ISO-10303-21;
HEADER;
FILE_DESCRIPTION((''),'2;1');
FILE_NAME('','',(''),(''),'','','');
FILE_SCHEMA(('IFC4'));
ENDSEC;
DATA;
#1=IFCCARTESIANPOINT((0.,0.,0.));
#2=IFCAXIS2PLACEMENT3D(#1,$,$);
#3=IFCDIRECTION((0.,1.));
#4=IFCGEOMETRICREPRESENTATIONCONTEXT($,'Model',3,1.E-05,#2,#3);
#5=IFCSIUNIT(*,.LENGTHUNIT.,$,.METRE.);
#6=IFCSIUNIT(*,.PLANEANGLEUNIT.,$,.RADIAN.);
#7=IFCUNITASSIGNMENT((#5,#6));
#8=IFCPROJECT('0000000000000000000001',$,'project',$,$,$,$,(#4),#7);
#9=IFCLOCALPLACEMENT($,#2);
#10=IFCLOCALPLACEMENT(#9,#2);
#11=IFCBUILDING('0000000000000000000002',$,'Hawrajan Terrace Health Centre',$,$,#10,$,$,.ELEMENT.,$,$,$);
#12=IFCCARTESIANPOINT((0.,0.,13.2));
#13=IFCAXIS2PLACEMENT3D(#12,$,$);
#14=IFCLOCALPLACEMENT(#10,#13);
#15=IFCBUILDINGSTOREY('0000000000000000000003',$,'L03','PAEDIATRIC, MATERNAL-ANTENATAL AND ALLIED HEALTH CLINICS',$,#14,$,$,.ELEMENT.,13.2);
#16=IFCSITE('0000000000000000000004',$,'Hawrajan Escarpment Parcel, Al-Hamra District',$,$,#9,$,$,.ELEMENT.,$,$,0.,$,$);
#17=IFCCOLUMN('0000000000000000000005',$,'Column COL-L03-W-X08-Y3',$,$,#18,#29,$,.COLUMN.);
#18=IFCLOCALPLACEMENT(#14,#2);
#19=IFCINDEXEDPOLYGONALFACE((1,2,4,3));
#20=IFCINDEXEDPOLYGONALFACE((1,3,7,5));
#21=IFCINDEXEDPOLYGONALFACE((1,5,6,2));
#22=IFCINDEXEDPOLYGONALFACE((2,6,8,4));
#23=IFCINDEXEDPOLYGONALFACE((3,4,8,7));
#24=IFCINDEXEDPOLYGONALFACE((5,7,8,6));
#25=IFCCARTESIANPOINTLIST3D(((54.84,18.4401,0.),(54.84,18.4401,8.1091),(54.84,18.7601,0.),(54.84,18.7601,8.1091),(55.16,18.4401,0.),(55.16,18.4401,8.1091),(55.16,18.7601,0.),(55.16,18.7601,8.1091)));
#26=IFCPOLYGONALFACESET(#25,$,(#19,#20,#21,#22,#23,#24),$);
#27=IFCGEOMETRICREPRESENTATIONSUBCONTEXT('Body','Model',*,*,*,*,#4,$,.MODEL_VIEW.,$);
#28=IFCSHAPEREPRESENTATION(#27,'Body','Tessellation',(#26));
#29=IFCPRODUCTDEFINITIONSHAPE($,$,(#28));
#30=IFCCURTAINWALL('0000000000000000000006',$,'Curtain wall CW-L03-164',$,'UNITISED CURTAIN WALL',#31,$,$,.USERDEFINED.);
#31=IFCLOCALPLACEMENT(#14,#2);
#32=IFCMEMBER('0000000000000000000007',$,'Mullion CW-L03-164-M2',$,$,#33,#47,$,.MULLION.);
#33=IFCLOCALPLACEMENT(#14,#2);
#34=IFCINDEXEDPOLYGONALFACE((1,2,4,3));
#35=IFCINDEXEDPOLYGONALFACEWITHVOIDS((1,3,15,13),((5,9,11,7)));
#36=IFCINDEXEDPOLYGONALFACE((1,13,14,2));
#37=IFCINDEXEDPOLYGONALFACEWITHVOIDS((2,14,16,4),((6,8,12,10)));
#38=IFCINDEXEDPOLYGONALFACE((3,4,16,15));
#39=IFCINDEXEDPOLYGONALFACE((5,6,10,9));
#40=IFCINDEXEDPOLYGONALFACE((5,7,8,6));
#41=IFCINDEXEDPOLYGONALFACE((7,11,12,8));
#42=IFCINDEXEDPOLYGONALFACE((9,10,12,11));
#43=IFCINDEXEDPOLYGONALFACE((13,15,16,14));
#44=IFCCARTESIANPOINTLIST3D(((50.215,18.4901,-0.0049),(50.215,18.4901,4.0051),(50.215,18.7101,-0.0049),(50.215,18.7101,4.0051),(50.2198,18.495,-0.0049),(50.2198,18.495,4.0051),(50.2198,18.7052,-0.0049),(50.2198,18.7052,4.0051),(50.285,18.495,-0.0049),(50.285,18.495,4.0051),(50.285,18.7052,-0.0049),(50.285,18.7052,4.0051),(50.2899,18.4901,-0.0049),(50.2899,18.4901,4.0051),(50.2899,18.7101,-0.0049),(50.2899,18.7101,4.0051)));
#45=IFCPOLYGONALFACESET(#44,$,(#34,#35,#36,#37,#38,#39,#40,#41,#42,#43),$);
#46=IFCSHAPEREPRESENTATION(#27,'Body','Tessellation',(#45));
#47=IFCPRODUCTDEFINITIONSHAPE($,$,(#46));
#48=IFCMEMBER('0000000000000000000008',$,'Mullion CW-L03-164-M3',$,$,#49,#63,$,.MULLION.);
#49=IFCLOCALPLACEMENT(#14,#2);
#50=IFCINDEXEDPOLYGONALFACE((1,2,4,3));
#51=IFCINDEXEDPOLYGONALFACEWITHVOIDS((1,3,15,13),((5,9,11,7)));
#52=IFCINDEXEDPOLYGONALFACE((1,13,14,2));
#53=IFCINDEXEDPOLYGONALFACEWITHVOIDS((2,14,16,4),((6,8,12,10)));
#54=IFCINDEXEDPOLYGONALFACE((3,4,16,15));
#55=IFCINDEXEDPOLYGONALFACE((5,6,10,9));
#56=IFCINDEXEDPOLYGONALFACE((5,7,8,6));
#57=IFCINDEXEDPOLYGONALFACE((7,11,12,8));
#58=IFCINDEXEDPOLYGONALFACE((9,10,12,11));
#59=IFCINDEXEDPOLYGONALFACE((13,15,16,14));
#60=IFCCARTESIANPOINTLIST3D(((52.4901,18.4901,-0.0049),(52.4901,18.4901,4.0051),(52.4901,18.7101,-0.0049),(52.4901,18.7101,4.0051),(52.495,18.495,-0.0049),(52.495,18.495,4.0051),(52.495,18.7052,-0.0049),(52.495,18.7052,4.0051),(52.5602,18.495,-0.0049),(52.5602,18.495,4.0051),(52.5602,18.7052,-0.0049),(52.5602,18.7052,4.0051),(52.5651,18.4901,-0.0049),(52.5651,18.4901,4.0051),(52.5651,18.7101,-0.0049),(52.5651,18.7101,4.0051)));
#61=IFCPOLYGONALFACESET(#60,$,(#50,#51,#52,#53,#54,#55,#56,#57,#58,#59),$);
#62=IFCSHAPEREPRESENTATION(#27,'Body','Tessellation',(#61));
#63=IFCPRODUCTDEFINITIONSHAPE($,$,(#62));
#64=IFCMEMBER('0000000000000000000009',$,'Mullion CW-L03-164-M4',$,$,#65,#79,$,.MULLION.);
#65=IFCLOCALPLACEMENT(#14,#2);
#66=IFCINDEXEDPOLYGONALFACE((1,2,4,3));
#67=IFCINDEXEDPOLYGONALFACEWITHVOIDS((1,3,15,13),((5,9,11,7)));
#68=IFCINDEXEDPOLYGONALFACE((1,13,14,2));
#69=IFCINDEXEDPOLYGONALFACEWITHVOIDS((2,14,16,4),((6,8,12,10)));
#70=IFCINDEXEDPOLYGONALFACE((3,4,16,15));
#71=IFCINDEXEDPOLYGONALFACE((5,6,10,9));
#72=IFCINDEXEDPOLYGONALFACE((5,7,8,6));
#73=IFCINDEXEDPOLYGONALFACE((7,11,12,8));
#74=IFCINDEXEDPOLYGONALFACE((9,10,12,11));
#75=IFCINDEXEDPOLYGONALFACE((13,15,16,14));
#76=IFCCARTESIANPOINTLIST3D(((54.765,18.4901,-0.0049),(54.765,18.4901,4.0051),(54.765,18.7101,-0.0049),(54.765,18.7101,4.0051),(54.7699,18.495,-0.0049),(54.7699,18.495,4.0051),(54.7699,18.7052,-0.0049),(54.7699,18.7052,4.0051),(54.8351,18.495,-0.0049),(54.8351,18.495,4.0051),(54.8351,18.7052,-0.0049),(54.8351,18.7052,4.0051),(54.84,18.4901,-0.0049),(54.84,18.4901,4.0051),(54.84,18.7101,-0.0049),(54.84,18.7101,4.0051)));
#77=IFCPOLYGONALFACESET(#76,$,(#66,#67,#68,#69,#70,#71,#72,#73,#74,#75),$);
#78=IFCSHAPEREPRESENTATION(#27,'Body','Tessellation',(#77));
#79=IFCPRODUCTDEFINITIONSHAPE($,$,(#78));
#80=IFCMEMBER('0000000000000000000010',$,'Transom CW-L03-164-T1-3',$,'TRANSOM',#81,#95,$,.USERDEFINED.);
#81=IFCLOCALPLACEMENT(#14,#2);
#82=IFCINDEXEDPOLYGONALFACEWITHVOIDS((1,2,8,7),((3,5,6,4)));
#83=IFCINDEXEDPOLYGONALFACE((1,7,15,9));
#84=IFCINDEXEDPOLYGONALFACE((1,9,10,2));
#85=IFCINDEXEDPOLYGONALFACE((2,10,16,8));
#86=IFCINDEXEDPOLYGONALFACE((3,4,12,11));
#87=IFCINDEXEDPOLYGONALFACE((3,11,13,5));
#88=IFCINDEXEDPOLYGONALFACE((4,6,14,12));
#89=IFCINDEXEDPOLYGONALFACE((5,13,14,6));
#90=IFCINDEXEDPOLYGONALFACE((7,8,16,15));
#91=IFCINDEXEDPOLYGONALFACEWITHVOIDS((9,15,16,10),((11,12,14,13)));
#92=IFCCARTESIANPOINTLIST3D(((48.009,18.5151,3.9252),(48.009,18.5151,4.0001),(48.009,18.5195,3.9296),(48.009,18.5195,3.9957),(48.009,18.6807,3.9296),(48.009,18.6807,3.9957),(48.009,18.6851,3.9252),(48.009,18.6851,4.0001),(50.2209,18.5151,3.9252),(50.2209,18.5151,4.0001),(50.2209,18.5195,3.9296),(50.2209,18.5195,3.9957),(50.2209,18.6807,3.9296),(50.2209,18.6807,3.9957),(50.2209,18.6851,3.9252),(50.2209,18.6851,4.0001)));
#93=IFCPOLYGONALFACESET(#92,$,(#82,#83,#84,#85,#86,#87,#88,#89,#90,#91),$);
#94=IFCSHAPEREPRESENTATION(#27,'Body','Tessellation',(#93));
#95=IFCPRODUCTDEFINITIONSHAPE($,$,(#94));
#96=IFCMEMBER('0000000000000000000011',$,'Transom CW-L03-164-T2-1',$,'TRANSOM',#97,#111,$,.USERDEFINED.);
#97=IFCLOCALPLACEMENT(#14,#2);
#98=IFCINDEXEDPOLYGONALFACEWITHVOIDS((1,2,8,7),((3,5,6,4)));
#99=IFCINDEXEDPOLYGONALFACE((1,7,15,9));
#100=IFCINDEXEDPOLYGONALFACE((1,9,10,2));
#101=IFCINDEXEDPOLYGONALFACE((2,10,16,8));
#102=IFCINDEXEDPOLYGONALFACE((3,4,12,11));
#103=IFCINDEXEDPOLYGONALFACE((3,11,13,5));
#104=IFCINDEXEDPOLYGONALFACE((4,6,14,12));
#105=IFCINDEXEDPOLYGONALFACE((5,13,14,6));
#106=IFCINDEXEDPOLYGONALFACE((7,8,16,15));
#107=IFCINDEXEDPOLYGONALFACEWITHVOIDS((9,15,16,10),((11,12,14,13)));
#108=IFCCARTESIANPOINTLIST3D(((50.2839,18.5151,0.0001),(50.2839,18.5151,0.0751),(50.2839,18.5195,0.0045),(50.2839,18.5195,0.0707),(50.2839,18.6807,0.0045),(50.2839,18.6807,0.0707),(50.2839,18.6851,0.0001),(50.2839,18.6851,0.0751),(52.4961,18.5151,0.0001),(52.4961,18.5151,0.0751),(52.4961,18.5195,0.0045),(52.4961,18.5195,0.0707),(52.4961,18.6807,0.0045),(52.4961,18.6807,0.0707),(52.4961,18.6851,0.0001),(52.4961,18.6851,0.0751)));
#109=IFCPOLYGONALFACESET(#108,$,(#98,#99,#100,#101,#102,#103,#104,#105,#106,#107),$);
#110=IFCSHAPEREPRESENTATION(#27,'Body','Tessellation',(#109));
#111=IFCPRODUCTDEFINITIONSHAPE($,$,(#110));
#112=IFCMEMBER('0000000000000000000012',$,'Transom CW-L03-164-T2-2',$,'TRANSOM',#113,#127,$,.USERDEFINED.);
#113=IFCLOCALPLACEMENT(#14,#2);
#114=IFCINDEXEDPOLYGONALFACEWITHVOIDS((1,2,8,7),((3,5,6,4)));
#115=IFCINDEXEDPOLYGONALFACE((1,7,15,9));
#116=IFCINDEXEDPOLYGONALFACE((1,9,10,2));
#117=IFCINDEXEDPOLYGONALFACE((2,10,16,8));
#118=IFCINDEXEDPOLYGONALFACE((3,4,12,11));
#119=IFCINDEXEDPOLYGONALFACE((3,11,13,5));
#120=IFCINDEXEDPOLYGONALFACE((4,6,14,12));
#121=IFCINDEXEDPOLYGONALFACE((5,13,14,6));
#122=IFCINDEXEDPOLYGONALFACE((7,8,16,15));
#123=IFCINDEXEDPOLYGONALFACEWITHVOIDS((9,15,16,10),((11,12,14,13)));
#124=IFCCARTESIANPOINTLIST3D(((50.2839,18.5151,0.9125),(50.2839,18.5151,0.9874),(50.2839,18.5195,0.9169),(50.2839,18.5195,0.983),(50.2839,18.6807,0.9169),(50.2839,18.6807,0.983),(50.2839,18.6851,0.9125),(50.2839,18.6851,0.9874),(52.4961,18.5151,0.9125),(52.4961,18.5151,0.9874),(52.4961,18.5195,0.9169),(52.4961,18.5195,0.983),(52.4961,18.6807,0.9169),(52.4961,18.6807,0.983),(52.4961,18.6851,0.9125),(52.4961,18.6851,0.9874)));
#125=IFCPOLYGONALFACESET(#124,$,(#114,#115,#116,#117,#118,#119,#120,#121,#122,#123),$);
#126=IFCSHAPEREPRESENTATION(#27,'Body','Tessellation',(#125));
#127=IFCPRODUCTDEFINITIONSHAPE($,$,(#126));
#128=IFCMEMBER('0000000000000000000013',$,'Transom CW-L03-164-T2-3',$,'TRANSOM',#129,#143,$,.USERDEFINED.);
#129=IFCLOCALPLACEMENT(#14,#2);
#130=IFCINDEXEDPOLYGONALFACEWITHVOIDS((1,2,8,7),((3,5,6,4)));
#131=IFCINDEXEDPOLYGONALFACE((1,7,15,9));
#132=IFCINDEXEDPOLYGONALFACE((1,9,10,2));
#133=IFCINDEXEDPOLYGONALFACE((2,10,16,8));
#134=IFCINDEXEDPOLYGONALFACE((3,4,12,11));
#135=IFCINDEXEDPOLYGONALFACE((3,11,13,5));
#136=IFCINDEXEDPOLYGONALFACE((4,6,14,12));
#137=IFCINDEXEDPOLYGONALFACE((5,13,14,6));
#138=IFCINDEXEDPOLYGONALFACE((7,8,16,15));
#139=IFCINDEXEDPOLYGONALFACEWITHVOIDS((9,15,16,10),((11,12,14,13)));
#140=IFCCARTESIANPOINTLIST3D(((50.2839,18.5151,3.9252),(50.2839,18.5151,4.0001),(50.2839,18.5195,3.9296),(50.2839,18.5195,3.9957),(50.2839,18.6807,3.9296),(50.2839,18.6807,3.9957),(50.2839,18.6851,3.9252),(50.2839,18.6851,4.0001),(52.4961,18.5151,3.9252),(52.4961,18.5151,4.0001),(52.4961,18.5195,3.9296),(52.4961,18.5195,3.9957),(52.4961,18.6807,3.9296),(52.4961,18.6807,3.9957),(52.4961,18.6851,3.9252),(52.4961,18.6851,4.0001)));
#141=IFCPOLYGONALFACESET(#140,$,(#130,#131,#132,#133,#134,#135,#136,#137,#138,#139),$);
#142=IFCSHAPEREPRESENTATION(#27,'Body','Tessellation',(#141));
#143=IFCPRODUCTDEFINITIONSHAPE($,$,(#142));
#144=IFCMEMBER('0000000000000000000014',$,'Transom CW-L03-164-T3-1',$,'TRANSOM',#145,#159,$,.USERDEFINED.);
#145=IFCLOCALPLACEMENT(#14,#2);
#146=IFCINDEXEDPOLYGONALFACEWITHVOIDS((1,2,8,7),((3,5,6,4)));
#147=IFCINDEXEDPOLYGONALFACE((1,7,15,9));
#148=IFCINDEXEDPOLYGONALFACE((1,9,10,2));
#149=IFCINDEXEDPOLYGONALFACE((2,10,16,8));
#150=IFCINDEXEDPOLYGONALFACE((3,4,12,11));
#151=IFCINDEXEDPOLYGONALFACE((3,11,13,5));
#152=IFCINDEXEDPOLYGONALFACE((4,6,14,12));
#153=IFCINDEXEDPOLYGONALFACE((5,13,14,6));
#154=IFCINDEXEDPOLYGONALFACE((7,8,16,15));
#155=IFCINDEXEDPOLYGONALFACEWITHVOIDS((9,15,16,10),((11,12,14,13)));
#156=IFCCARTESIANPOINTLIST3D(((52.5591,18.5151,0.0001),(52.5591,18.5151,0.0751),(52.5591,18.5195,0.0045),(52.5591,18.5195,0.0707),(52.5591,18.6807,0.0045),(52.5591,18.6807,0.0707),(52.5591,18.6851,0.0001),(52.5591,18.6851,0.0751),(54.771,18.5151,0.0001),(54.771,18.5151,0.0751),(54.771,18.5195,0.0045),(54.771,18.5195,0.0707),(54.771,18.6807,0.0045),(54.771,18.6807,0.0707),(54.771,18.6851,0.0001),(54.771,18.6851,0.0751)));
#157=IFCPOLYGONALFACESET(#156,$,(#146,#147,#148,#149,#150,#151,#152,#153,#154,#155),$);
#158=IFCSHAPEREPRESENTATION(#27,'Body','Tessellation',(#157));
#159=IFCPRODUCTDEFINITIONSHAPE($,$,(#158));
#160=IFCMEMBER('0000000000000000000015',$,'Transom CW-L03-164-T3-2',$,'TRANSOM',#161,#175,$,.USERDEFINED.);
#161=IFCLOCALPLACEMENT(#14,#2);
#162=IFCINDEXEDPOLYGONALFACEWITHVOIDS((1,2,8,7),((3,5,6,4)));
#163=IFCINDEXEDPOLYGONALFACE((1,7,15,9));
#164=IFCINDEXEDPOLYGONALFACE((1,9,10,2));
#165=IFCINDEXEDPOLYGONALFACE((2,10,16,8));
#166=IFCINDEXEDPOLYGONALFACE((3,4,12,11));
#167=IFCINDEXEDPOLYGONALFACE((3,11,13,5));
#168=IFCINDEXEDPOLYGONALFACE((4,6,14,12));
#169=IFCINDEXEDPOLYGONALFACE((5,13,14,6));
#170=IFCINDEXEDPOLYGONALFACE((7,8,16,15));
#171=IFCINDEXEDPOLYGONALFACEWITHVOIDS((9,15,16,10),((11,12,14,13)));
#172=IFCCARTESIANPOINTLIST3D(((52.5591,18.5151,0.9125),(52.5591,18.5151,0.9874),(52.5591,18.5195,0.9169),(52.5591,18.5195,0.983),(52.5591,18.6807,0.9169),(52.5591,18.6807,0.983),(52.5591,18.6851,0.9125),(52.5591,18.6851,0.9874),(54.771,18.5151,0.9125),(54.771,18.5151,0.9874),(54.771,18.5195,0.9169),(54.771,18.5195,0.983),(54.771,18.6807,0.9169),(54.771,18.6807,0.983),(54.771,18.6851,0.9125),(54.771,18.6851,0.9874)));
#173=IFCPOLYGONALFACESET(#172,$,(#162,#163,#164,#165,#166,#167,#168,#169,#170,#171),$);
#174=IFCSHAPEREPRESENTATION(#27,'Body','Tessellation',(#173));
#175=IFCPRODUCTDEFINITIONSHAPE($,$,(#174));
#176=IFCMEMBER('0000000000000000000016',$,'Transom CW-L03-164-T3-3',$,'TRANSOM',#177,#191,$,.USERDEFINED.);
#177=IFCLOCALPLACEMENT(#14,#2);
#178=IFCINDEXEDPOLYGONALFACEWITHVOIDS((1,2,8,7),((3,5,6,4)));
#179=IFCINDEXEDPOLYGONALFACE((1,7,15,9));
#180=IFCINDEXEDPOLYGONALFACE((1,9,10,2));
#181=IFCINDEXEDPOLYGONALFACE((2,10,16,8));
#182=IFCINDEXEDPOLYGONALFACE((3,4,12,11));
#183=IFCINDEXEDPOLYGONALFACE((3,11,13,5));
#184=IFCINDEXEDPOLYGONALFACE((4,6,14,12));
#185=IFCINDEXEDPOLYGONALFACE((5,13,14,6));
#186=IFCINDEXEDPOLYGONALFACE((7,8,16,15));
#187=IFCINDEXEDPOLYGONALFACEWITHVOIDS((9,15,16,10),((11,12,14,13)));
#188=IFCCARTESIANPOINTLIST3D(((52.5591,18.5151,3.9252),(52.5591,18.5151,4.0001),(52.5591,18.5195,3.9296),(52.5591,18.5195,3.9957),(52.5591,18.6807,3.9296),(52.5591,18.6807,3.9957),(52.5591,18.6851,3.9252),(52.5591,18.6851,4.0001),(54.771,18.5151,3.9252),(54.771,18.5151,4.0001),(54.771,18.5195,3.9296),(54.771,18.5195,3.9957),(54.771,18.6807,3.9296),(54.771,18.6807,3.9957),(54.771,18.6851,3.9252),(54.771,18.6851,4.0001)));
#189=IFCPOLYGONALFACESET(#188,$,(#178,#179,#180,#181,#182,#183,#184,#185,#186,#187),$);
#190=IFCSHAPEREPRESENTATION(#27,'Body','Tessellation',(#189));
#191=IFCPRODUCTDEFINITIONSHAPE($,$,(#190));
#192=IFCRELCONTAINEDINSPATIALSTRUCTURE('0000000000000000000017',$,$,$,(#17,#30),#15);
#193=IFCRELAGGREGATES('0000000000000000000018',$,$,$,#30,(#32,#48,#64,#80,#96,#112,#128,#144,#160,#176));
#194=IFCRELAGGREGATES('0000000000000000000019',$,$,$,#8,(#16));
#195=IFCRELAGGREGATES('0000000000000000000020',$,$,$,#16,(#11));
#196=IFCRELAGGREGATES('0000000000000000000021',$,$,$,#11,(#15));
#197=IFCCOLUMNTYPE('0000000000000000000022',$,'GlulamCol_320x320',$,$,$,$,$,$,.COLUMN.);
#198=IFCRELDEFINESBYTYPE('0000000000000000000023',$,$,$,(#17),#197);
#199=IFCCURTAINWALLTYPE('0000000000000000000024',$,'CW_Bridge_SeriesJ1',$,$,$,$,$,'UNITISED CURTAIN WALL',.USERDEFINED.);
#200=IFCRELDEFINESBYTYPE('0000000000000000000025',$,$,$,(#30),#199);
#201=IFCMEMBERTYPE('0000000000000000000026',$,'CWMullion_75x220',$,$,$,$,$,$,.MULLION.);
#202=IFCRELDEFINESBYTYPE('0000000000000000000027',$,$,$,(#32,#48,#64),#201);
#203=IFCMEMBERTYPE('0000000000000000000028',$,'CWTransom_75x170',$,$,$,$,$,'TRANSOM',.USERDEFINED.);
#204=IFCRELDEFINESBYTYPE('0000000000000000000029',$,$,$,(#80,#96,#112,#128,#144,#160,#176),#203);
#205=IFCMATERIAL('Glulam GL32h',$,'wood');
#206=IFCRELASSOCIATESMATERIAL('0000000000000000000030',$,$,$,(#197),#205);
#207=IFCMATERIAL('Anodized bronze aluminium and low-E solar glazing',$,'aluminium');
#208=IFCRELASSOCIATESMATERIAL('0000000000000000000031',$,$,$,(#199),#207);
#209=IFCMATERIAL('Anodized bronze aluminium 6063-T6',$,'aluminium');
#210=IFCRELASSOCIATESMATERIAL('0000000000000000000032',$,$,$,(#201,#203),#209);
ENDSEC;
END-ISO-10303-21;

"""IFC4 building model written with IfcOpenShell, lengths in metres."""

from ifc_helpers import new_model, si_unit, direction, frame, origin, origin_2d, place, context, subcontext, project, spatial, rectangle, hollow_rectangle, extrude, material, material_profile, profile_set, type_object, element, aggregate, save


model = new_model("IFC4")

# Units and contexts
model_context = context("Model", 3, precision=1e-05, world=origin(), true_north=direction((0.0, 1.0)))
body_context = subcontext(model_context, "Body", "Model", "MODEL_VIEW")
ifc_project = project(units=[si_unit("LENGTHUNIT", "METRE"), si_unit("PLANEANGLEUNIT", "RADIAN")], contexts=[model_context])

# Site, building, storey
site_placement = place(None, origin())
site = spatial("IfcSite", under=ifc_project, at=site_placement, Name="Hawrajan Escarpment Parcel, Al-Hamra District", CompositionType="ELEMENT", RefElevation=0.0)
building_placement = place(site_placement, origin())
building = spatial("IfcBuilding", under=site, at=building_placement, Name="Hawrajan Terrace Health Centre", CompositionType="ELEMENT")
storey_placement = place(building_placement, frame((0.0, 0.0, 13.2)))
storey = spatial("IfcBuildingStorey", under=building, at=storey_placement, Name="L03", Description="PAEDIATRIC, MATERNAL-ANTENATAL AND ALLIED HEALTH CLINICS", CompositionType="ELEMENT", Elevation=13.2)

# Column
ifc_material_1 = material(Name="Glulam GL32h", Category="wood")
ifc_material_profile_1 = material_profile(ifc_material_1, rectangle(XDim=0.3201, YDim=0.3201, at=origin_2d()), Name="GL 320x320")
ifc_profile_set_1 = profile_set([ifc_material_profile_1], Name="Glulam GL32h")
column_type = type_object("IfcColumnType", Name="GlulamCol_320x320", PredefinedType="COLUMN", material=ifc_profile_set_1)
column_placement = place(storey_placement, frame((55.0, 18.6001, 0.0), z_axis=(0.0, 0.0, 1.0), x_axis=(1.0, 0.0, 0.0)))
element("IfcColumn", 1, at=column_placement, inside=storey, type_object=column_type, Name="Column COL-L03-W-X08-Y3", PredefinedType="COLUMN", context=body_context, shape_type="SweptSolid", body=[
    extrude(rectangle(XDim=0.3201, YDim=0.3201, at=origin_2d()), origin(), (0.0, 0.0, 1.0), 8.1091),
])

# Curtain wall, members
ifc_material_2 = material(Name="Anodized bronze aluminium and low-E solar glazing", Category="aluminium")
curtain_wall_type = type_object("IfcCurtainWallType", Name="CW_Bridge_SeriesJ1", ElementType="UNITISED CURTAIN WALL", PredefinedType="USERDEFINED", material=ifc_material_2)
curtain_wall_placement = place(storey_placement, origin())
curtain_wall = element("IfcCurtainWall", 2, at=curtain_wall_placement, inside=storey, type_object=curtain_wall_type, Name="Curtain wall CW-L03-164", ObjectType="UNITISED CURTAIN WALL", PredefinedType="USERDEFINED")
ifc_material_3 = material(Name="Anodized bronze aluminium 6063-T6", Category="aluminium")
ifc_material_profile_2 = material_profile(ifc_material_3, hollow_rectangle(XDim=0.075, YDim=0.22, WallThickness=0.0049, at=origin_2d()), Name="CW MUL 75x220")
ifc_profile_set_2 = profile_set([ifc_material_profile_2], Name="Anodized bronze aluminium 6063-T6")
member_type_1 = type_object("IfcMemberType", Name="CWMullion_75x220", PredefinedType="MULLION", material=ifc_profile_set_2)
member_1_placement = place(storey_placement, frame((50.2524, 18.6001, -0.0049), z_axis=(0.0, 0.0, 1.0), x_axis=(1.0, 0.0, 0.0)))
member_1 = element("IfcMember", 3, at=member_1_placement, type_object=member_type_1, Name="Mullion CW-L03-164-M2", PredefinedType="MULLION", context=body_context, shape_type="SweptSolid", body=[
    extrude(hollow_rectangle(XDim=0.075, YDim=0.22, WallThickness=0.0049, at=origin_2d()), origin(), (0.0, 0.0, 1.0), 4.01),
])
member_2_placement = place(storey_placement, frame((52.5276, 18.6001, -0.0049), z_axis=(0.0, 0.0, 1.0), x_axis=(1.0, 0.0, 0.0)))
member_2 = element("IfcMember", 4, at=member_2_placement, type_object=member_type_1, Name="Mullion CW-L03-164-M3", PredefinedType="MULLION", context=body_context, shape_type="SweptSolid", body=[
    extrude(hollow_rectangle(XDim=0.075, YDim=0.22, WallThickness=0.0049, at=origin_2d()), origin(), (0.0, 0.0, 1.0), 4.01),
])
member_3_placement = place(storey_placement, frame((54.8025, 18.6001, -0.0049), z_axis=(0.0, 0.0, 1.0), x_axis=(1.0, 0.0, 0.0)))
member_3 = element("IfcMember", 5, at=member_3_placement, type_object=member_type_1, Name="Mullion CW-L03-164-M4", PredefinedType="MULLION", context=body_context, shape_type="SweptSolid", body=[
    extrude(hollow_rectangle(XDim=0.075, YDim=0.22, WallThickness=0.0049, at=origin_2d()), origin(), (0.0, 0.0, 1.0), 4.01),
])
ifc_material_profile_3 = material_profile(ifc_material_3, hollow_rectangle(XDim=0.075, YDim=0.1699, WallThickness=0.0044, at=origin_2d()), Name="CW TRN 75x170")
ifc_profile_set_3 = profile_set([ifc_material_profile_3], Name="Anodized bronze aluminium 6063-T6")
member_type_2 = type_object("IfcMemberType", Name="CWTransom_75x170", ElementType="TRANSOM", PredefinedType="USERDEFINED", material=ifc_profile_set_3)
member_4_placement = place(storey_placement, frame((48.009, 18.6001, 3.9626), z_axis=(1.0, 0.0, 0.0), x_axis=(0.0, 0.0, 1.0)))
member_4 = element("IfcMember", 6, at=member_4_placement, type_object=member_type_2, Name="Transom CW-L03-164-T1-3", ObjectType="TRANSOM", PredefinedType="USERDEFINED", context=body_context, shape_type="SweptSolid", body=[
    extrude(hollow_rectangle(XDim=0.075, YDim=0.1699, WallThickness=0.0044, at=origin_2d()), origin(), (0.0, 0.0, 1.0), 2.2119),
])
member_5_placement = place(storey_placement, frame((50.2839, 18.6001, 0.0376), z_axis=(1.0, 0.0, 0.0), x_axis=(0.0, 0.0, 1.0)))
member_5 = element("IfcMember", 7, at=member_5_placement, type_object=member_type_2, Name="Transom CW-L03-164-T2-1", ObjectType="TRANSOM", PredefinedType="USERDEFINED", context=body_context, shape_type="SweptSolid", body=[
    extrude(hollow_rectangle(XDim=0.075, YDim=0.1699, WallThickness=0.0044, at=origin_2d()), origin(), (0.0, 0.0, 1.0), 2.2122),
])
member_6_placement = place(storey_placement, frame((50.2839, 18.6001, 0.95), z_axis=(1.0, 0.0, 0.0), x_axis=(0.0, 0.0, 1.0)))
member_6 = element("IfcMember", 8, at=member_6_placement, type_object=member_type_2, Name="Transom CW-L03-164-T2-2", ObjectType="TRANSOM", PredefinedType="USERDEFINED", context=body_context, shape_type="SweptSolid", body=[
    extrude(hollow_rectangle(XDim=0.075, YDim=0.1699, WallThickness=0.0044, at=origin_2d()), origin(), (0.0, 0.0, 1.0), 2.2122),
])
member_7_placement = place(storey_placement, frame((50.2839, 18.6001, 3.9626), z_axis=(1.0, 0.0, 0.0), x_axis=(0.0, 0.0, 1.0)))
member_7 = element("IfcMember", 9, at=member_7_placement, type_object=member_type_2, Name="Transom CW-L03-164-T2-3", ObjectType="TRANSOM", PredefinedType="USERDEFINED", context=body_context, shape_type="SweptSolid", body=[
    extrude(hollow_rectangle(XDim=0.075, YDim=0.1699, WallThickness=0.0044, at=origin_2d()), origin(), (0.0, 0.0, 1.0), 2.2122),
])
member_8_placement = place(storey_placement, frame((52.5591, 18.6001, 0.0376), z_axis=(1.0, 0.0, 0.0), x_axis=(0.0, 0.0, 1.0)))
member_8 = element("IfcMember", 10, at=member_8_placement, type_object=member_type_2, Name="Transom CW-L03-164-T3-1", ObjectType="TRANSOM", PredefinedType="USERDEFINED", context=body_context, shape_type="SweptSolid", body=[
    extrude(hollow_rectangle(XDim=0.075, YDim=0.1699, WallThickness=0.0044, at=origin_2d()), origin(), (0.0, 0.0, 1.0), 2.2119),
])
member_9_placement = place(storey_placement, frame((52.5591, 18.6001, 0.95), z_axis=(1.0, 0.0, 0.0), x_axis=(0.0, 0.0, 1.0)))
member_9 = element("IfcMember", 11, at=member_9_placement, type_object=member_type_2, Name="Transom CW-L03-164-T3-2", ObjectType="TRANSOM", PredefinedType="USERDEFINED", context=body_context, shape_type="SweptSolid", body=[
    extrude(hollow_rectangle(XDim=0.075, YDim=0.1699, WallThickness=0.0044, at=origin_2d()), origin(), (0.0, 0.0, 1.0), 2.2119),
])
member_10_placement = place(storey_placement, frame((52.5591, 18.6001, 3.9626), z_axis=(1.0, 0.0, 0.0), x_axis=(0.0, 0.0, 1.0)))
member_10 = element("IfcMember", 12, at=member_10_placement, type_object=member_type_2, Name="Transom CW-L03-164-T3-3", ObjectType="TRANSOM", PredefinedType="USERDEFINED", context=body_context, shape_type="SweptSolid", body=[
    extrude(hollow_rectangle(XDim=0.075, YDim=0.1699, WallThickness=0.0044, at=origin_2d()), origin(), (0.0, 0.0, 1.0), 2.2119),
])

aggregate(curtain_wall, [member_1, member_2, member_3, member_4, member_5, member_6, member_7, member_8, member_9, member_10])

save(model, "model.ifc")
